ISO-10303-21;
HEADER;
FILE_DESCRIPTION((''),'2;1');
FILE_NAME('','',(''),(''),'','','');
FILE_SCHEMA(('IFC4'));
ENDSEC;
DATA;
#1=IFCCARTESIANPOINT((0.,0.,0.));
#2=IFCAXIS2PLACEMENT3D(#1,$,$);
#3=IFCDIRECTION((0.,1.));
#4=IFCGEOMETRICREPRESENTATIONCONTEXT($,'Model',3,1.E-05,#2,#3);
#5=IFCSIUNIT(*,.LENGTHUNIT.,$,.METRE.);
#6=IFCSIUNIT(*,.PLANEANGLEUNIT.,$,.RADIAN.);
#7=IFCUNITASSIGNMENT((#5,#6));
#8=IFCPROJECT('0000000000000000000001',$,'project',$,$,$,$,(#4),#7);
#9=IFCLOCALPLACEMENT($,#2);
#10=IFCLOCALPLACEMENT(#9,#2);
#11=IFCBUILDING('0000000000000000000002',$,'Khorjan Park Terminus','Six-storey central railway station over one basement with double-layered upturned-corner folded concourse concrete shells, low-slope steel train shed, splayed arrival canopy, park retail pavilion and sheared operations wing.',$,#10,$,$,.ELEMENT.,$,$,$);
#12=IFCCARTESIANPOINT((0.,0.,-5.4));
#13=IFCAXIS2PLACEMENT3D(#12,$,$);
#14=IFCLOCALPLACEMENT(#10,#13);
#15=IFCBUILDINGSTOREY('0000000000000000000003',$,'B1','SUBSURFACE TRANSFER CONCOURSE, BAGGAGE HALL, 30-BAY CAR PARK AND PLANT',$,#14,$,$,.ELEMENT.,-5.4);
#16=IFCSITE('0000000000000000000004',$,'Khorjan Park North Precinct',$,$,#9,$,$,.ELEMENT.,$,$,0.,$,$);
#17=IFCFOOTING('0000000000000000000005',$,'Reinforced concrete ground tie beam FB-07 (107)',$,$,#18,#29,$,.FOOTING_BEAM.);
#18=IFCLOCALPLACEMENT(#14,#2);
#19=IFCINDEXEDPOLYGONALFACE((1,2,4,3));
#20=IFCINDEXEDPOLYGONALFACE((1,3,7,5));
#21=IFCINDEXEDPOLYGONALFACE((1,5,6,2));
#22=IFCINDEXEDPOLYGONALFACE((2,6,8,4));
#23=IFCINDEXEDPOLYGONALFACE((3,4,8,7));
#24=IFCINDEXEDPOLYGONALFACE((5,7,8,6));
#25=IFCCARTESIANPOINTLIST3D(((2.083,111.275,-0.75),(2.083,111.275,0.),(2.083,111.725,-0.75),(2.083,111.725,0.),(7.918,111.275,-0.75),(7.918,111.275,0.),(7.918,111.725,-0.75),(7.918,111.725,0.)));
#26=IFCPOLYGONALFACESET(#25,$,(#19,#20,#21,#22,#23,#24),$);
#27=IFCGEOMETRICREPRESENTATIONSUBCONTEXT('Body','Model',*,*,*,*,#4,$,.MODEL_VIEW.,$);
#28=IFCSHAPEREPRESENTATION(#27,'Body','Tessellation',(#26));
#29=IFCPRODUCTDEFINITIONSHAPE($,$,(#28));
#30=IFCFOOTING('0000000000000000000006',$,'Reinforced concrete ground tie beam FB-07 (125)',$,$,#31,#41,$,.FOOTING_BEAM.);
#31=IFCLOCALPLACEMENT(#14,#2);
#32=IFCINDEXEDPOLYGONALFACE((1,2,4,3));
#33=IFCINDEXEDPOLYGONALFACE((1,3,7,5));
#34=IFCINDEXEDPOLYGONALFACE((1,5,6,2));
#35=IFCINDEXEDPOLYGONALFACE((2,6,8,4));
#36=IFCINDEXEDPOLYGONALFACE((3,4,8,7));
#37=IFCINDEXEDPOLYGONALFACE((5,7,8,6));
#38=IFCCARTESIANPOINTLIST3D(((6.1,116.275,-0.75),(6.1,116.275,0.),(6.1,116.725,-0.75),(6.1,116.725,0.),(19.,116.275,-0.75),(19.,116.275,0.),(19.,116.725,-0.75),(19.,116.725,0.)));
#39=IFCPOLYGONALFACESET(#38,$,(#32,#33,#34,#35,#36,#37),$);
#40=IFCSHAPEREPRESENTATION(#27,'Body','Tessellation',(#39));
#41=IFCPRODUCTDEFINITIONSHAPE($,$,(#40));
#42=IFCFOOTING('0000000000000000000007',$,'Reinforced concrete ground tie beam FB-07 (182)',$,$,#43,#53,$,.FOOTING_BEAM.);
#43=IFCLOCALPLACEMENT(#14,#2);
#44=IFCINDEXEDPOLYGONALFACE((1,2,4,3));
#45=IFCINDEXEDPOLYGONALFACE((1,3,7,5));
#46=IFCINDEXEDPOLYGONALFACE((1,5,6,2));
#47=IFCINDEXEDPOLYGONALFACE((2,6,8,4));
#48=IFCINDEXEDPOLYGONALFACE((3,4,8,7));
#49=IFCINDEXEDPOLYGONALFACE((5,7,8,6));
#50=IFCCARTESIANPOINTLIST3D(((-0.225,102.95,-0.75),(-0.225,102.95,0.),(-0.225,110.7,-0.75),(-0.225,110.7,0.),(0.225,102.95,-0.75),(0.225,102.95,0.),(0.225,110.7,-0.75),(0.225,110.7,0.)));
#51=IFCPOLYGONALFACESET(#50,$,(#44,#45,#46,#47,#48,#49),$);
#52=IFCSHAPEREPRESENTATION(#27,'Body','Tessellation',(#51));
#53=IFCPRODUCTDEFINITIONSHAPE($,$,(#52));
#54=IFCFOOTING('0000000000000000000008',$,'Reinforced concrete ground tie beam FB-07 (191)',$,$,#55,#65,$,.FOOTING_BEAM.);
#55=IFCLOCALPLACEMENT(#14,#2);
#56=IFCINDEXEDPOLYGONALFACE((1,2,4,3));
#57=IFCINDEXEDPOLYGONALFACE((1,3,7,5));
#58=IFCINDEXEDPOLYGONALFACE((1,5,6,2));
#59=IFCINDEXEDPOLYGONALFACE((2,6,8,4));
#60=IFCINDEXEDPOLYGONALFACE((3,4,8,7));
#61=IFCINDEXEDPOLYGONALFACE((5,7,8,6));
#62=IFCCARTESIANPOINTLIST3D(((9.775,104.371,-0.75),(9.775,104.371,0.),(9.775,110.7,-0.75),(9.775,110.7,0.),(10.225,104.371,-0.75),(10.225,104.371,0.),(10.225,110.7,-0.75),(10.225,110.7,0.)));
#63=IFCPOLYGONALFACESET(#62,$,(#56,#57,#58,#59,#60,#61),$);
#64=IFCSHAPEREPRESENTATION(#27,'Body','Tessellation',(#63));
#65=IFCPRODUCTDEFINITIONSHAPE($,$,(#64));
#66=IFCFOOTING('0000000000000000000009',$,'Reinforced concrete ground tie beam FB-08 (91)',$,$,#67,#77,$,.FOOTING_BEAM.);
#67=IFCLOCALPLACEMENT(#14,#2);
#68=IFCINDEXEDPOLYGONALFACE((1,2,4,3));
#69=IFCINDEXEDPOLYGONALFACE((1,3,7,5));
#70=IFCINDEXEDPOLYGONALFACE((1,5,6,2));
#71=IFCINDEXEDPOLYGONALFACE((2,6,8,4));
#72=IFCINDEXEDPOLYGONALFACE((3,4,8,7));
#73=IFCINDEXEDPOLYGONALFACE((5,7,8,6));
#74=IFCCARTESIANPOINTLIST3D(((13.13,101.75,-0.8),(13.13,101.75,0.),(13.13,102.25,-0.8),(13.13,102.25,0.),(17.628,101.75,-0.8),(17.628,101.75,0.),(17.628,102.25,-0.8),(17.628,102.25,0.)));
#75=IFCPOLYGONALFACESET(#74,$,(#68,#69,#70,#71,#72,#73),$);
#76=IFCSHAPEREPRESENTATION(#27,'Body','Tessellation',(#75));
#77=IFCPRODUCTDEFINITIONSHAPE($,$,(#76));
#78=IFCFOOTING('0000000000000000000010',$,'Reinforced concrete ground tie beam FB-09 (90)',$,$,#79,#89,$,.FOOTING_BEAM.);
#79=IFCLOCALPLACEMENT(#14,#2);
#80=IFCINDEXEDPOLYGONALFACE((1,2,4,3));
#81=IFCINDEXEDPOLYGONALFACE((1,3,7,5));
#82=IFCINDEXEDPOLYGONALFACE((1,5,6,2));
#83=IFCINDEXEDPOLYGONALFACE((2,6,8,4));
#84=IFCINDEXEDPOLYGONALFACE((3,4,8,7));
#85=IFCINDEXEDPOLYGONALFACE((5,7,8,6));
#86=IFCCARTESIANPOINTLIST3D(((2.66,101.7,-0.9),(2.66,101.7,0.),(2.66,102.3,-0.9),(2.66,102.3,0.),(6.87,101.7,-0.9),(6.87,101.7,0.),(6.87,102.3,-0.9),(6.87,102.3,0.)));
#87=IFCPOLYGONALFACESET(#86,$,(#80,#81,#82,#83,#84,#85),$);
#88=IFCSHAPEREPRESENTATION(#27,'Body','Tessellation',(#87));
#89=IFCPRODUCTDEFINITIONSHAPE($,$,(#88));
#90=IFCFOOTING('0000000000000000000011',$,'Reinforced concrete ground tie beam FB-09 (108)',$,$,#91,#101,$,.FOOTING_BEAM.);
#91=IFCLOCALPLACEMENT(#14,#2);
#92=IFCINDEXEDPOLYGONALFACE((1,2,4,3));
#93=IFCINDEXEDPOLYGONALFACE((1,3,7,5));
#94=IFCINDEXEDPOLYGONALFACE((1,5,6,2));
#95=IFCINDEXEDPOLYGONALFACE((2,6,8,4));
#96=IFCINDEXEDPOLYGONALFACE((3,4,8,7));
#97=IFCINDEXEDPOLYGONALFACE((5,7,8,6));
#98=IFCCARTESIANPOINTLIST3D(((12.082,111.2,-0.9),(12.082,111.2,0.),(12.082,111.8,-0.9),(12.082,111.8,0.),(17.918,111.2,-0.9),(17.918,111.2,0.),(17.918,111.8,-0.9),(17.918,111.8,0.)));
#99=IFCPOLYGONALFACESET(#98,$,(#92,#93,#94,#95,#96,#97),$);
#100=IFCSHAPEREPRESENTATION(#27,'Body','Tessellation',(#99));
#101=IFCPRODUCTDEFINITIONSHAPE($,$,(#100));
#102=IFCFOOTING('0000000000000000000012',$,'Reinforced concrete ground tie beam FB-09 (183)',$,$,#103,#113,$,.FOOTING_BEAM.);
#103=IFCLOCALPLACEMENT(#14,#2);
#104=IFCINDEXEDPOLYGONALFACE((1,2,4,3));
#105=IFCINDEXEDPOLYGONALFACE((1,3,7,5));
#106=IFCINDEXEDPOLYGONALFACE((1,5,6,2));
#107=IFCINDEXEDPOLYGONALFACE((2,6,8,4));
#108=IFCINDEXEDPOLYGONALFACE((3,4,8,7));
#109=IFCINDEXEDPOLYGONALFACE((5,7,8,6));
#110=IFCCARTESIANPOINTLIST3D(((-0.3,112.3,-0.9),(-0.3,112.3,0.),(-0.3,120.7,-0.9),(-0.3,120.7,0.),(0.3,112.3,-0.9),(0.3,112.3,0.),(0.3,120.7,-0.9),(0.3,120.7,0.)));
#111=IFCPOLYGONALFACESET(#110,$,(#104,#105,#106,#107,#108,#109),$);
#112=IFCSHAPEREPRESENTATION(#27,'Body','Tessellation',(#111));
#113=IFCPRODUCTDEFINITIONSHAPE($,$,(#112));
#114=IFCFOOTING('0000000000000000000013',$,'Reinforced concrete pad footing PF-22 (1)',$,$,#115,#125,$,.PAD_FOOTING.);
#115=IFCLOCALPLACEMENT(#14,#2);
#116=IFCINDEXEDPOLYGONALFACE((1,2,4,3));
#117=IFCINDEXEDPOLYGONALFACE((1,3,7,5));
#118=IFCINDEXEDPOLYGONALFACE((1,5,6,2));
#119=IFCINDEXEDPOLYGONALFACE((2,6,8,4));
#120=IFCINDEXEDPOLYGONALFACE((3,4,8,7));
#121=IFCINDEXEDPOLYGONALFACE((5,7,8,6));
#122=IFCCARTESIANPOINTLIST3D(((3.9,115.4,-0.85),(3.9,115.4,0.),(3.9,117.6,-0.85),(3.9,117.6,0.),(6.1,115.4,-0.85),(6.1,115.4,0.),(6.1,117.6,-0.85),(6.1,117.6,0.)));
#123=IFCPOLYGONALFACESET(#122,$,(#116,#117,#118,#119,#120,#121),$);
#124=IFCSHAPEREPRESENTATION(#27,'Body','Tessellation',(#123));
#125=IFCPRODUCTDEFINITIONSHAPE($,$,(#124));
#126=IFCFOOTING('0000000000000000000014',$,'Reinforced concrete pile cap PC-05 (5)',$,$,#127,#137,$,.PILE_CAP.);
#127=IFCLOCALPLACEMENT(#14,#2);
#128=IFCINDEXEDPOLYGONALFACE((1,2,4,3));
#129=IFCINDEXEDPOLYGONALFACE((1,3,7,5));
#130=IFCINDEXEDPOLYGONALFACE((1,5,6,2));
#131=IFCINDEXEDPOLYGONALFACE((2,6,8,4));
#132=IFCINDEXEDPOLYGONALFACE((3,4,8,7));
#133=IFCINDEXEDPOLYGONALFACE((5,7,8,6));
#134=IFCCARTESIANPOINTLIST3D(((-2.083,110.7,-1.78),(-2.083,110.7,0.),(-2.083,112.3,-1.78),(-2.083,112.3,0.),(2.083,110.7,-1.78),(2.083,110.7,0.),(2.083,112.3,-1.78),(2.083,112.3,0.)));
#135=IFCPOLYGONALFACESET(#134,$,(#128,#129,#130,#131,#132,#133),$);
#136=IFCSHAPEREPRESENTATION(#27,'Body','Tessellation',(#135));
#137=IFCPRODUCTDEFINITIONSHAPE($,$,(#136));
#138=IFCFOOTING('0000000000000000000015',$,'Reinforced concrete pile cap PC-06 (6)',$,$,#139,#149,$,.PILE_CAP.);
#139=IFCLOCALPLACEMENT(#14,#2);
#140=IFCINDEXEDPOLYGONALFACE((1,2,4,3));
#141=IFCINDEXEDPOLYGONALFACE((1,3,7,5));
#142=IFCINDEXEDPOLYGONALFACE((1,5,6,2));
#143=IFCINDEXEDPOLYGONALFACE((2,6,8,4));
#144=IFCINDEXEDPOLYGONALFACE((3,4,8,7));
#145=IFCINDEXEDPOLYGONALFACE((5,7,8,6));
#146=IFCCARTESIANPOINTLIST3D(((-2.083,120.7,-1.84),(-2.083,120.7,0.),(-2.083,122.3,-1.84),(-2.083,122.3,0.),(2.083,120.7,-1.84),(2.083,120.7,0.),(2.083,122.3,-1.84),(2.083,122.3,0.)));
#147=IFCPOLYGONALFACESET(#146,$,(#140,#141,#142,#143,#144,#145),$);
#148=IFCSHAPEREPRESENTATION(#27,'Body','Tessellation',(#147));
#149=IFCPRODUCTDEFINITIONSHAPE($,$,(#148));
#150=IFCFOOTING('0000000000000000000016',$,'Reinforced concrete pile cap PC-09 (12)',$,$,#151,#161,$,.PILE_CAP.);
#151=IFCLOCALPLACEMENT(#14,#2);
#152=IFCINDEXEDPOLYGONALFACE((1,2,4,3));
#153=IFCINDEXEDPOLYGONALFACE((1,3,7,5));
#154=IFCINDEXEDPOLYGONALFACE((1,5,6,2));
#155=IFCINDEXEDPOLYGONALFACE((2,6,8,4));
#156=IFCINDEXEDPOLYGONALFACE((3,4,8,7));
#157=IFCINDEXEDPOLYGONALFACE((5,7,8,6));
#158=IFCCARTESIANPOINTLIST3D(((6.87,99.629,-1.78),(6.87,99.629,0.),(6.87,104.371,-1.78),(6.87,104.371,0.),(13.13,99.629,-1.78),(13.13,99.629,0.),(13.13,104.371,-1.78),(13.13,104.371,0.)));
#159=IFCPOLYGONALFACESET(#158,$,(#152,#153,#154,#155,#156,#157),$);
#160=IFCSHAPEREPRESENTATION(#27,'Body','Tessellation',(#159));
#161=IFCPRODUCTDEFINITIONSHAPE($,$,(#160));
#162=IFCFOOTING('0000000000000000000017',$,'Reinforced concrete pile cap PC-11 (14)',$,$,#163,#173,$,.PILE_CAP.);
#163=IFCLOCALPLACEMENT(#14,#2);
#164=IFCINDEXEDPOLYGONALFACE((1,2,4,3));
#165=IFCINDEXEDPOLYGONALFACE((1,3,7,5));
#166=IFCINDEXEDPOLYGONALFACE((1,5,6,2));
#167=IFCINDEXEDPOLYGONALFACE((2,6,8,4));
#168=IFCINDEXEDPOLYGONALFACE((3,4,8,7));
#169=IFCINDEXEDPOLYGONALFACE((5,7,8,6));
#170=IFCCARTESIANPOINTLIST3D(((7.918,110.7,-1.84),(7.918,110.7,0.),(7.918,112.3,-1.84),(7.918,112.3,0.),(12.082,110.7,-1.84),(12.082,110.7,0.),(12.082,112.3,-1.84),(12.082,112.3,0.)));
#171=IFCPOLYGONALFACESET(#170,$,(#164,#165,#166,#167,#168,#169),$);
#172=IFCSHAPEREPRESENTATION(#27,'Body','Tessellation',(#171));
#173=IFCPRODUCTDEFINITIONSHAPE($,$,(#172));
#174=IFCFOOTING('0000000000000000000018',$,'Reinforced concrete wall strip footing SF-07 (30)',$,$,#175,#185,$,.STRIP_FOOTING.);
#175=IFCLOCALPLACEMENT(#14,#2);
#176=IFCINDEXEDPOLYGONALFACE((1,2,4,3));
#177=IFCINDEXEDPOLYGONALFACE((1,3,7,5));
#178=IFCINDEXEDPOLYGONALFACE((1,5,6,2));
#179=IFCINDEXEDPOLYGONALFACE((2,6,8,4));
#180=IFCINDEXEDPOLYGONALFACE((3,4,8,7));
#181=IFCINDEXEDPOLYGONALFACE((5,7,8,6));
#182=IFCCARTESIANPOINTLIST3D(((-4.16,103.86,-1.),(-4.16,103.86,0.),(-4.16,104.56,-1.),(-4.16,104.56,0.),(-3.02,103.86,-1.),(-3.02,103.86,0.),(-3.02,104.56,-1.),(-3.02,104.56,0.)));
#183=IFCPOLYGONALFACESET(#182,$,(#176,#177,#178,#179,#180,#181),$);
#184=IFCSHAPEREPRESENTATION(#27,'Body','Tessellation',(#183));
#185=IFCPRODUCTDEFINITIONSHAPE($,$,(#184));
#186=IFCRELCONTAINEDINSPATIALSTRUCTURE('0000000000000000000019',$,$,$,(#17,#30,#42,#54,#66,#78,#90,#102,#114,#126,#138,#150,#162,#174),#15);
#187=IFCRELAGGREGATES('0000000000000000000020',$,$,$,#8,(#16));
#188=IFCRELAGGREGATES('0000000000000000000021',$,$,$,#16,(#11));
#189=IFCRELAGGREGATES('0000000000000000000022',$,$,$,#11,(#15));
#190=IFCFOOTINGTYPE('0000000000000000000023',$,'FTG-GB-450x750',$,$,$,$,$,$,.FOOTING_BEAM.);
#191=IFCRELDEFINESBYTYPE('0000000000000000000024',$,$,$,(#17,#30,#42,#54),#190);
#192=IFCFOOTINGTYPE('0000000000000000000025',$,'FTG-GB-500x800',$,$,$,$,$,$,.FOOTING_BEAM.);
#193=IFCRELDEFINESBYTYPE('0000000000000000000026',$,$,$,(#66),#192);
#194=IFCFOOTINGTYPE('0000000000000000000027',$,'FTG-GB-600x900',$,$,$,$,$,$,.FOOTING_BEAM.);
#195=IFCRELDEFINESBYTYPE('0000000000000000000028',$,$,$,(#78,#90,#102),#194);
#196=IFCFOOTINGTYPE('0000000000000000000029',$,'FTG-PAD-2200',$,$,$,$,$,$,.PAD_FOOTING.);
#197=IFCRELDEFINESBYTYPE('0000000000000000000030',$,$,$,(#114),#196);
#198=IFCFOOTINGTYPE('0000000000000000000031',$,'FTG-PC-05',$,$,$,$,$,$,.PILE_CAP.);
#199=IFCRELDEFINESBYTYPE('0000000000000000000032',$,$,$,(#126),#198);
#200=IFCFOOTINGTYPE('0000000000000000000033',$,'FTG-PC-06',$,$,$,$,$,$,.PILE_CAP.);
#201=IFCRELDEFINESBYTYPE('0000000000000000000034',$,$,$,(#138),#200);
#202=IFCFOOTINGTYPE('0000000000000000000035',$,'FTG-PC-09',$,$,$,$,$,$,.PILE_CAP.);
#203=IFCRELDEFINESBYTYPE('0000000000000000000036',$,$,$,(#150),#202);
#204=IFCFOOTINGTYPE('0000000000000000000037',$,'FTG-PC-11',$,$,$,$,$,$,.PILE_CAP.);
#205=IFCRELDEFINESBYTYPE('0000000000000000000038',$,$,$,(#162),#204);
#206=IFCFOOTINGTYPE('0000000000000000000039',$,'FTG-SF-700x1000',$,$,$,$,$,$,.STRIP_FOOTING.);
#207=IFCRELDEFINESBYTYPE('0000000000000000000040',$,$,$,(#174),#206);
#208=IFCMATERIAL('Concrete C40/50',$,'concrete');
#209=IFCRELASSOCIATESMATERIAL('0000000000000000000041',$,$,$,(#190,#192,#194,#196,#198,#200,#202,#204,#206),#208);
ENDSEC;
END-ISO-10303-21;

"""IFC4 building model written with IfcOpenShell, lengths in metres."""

from ifc_helpers import new_model, si_unit, direction, frame, origin, origin_2d, place, context, subcontext, project, spatial, rectangle, extrude, material, material_profile, profile_set, type_object, element, save


model = new_model("IFC4")

# Units and contexts
model_context = context("Model", 3, precision=1e-05, world=origin(), true_north=direction((0.0, 1.0)))
body_context = subcontext(model_context, "Body", "Model", "MODEL_VIEW")
ifc_project = project(units=[si_unit("LENGTHUNIT", "METRE"), si_unit("PLANEANGLEUNIT", "RADIAN")], contexts=[model_context])

# Site, building, storey
site_placement = place(None, origin())
site = spatial("IfcSite", under=ifc_project, at=site_placement, Name="Khorjan Park North Precinct", CompositionType="ELEMENT", RefElevation=0.0)
building_placement = place(site_placement, origin())
building = spatial("IfcBuilding", under=site, at=building_placement, Name="Khorjan Park Terminus", Description="Six-storey central railway station over one basement with double-layered upturned-corner folded concourse concrete shells, low-slope steel train shed, splayed arrival canopy, park retail pavilion and sheared operations wing.", CompositionType="ELEMENT")
storey_placement = place(building_placement, frame((0.0, 0.0, -5.4)))
storey = spatial("IfcBuildingStorey", under=building, at=storey_placement, Name="B1", Description="SUBSURFACE TRANSFER CONCOURSE, BAGGAGE HALL, 30-BAY CAR PARK AND PLANT", CompositionType="ELEMENT", Elevation=-5.4)

# Footings
ifc_material_1 = material(Name="Concrete C40/50", Category="concrete")
ifc_material_profile_1 = material_profile(ifc_material_1, rectangle(XDim=0.45, YDim=0.75, at=origin_2d()), Name="RC 450x750")
ifc_profile_set_1 = profile_set([ifc_material_profile_1], Name="Concrete C40/50")
footing_type_1 = type_object("IfcFootingType", Name="FTG-GB-450x750", PredefinedType="FOOTING_BEAM", material=ifc_profile_set_1)
footing_1_placement = place(storey_placement, frame((2.083, 111.5, -0.375), z_axis=(1.0, 0.0, 0.0), x_axis=(0.0, 1.0, 0.0)))
element("IfcFooting", 1, at=footing_1_placement, inside=storey, type_object=footing_type_1, Name="Reinforced concrete ground tie beam FB-07 (107)", PredefinedType="FOOTING_BEAM", context=body_context, shape_type="SweptSolid", body=[
    extrude(rectangle(XDim=0.45, YDim=0.75, at=origin_2d()), origin(), (0.0, 0.0, 1.0), 5.835),
])
footing_2_placement = place(storey_placement, frame((6.1, 116.5, -0.375), z_axis=(1.0, 0.0, 0.0), x_axis=(0.0, 1.0, 0.0)))
element("IfcFooting", 2, at=footing_2_placement, inside=storey, type_object=footing_type_1, Name="Reinforced concrete ground tie beam FB-07 (125)", PredefinedType="FOOTING_BEAM", context=body_context, shape_type="SweptSolid", body=[
    extrude(rectangle(XDim=0.45, YDim=0.75, at=origin_2d()), origin(), (0.0, 0.0, 1.0), 12.9),
])
footing_3_placement = place(storey_placement, frame((0.0, 102.95, -0.375), z_axis=(0.0, 1.0, 0.0), x_axis=(-1.0, 0.0, 0.0)))
element("IfcFooting", 3, at=footing_3_placement, inside=storey, type_object=footing_type_1, Name="Reinforced concrete ground tie beam FB-07 (182)", PredefinedType="FOOTING_BEAM", context=body_context, shape_type="SweptSolid", body=[
    extrude(rectangle(XDim=0.45, YDim=0.75, at=origin_2d()), origin(), (0.0, 0.0, 1.0), 7.75),
])
footing_4_placement = place(storey_placement, frame((10.0, 104.371, -0.375), z_axis=(0.0, 1.0, 0.0), x_axis=(-1.0, 0.0, 0.0)))
element("IfcFooting", 4, at=footing_4_placement, inside=storey, type_object=footing_type_1, Name="Reinforced concrete ground tie beam FB-07 (191)", PredefinedType="FOOTING_BEAM", context=body_context, shape_type="SweptSolid", body=[
    extrude(rectangle(XDim=0.45, YDim=0.75, at=origin_2d()), origin(), (0.0, 0.0, 1.0), 6.329),
])
ifc_material_profile_2 = material_profile(ifc_material_1, rectangle(XDim=0.5, YDim=0.8, at=origin_2d()), Name="RC 500x800")
ifc_profile_set_2 = profile_set([ifc_material_profile_2], Name="Concrete C40/50")
footing_type_2 = type_object("IfcFootingType", Name="FTG-GB-500x800", PredefinedType="FOOTING_BEAM", material=ifc_profile_set_2)
footing_5_placement = place(storey_placement, frame((13.13, 102.0, -0.4), z_axis=(1.0, 0.0, 0.0), x_axis=(0.0, 1.0, 0.0)))
element("IfcFooting", 5, at=footing_5_placement, inside=storey, type_object=footing_type_2, Name="Reinforced concrete ground tie beam FB-08 (91)", PredefinedType="FOOTING_BEAM", context=body_context, shape_type="SweptSolid", body=[
    extrude(rectangle(XDim=0.5, YDim=0.8, at=origin_2d()), origin(), (0.0, 0.0, 1.0), 4.498),
])
ifc_material_profile_3 = material_profile(ifc_material_1, rectangle(XDim=0.6, YDim=0.9, at=origin_2d()), Name="RC 600x900")
ifc_profile_set_3 = profile_set([ifc_material_profile_3], Name="Concrete C40/50")
footing_type_3 = type_object("IfcFootingType", Name="FTG-GB-600x900", PredefinedType="FOOTING_BEAM", material=ifc_profile_set_3)
footing_6_placement = place(storey_placement, frame((2.66, 102.0, -0.45), z_axis=(1.0, 0.0, 0.0), x_axis=(0.0, 1.0, 0.0)))
element("IfcFooting", 6, at=footing_6_placement, inside=storey, type_object=footing_type_3, Name="Reinforced concrete ground tie beam FB-09 (90)", PredefinedType="FOOTING_BEAM", context=body_context, shape_type="SweptSolid", body=[
    extrude(rectangle(XDim=0.6, YDim=0.9, at=origin_2d()), origin(), (0.0, 0.0, 1.0), 4.21),
])
footing_7_placement = place(storey_placement, frame((12.082, 111.5, -0.45), z_axis=(1.0, 0.0, 0.0), x_axis=(0.0, 1.0, 0.0)))
element("IfcFooting", 7, at=footing_7_placement, inside=storey, type_object=footing_type_3, Name="Reinforced concrete ground tie beam FB-09 (108)", PredefinedType="FOOTING_BEAM", context=body_context, shape_type="SweptSolid", body=[
    extrude(rectangle(XDim=0.6, YDim=0.9, at=origin_2d()), origin(), (0.0, 0.0, 1.0), 5.836),
])
footing_8_placement = place(storey_placement, frame((0.0, 112.3, -0.45), z_axis=(0.0, 1.0, 0.0), x_axis=(-1.0, 0.0, 0.0)))
element("IfcFooting", 8, at=footing_8_placement, inside=storey, type_object=footing_type_3, Name="Reinforced concrete ground tie beam FB-09 (183)", PredefinedType="FOOTING_BEAM", context=body_context, shape_type="SweptSolid", body=[
    extrude(rectangle(XDim=0.6, YDim=0.9, at=origin_2d()), origin(), (0.0, 0.0, 1.0), 8.4),
])
footing_type_4 = type_object("IfcFootingType", Name="FTG-PAD-2200", PredefinedType="PAD_FOOTING", material=ifc_material_1)
footing_9_placement = place(storey_placement, frame((5.0, 116.5, -0.85), z_axis=(0.0, 0.0, 1.0), x_axis=(1.0, 0.0, 0.0)))
element("IfcFooting", 9, at=footing_9_placement, inside=storey, type_object=footing_type_4, Name="Reinforced concrete pad footing PF-22 (1)", PredefinedType="PAD_FOOTING", context=body_context, shape_type="SweptSolid", body=[
    extrude(rectangle(XDim=2.2, YDim=2.2, at=origin_2d()), origin(), (0.0, 0.0, 1.0), 0.85),
])
footing_type_5 = type_object("IfcFootingType", Name="FTG-PC-05", PredefinedType="PILE_CAP", material=ifc_material_1)
footing_10_placement = place(storey_placement, frame((0.0, 111.5, -1.78), z_axis=(0.0, 0.0, 1.0), x_axis=(1.0, 0.0, 0.0)))
element("IfcFooting", 10, at=footing_10_placement, inside=storey, type_object=footing_type_5, Name="Reinforced concrete pile cap PC-05 (5)", PredefinedType="PILE_CAP", context=body_context, shape_type="SweptSolid", body=[
    extrude(rectangle(XDim=4.166, YDim=1.6, at=origin_2d()), origin(), (0.0, 0.0, 1.0), 1.78),
])
footing_type_6 = type_object("IfcFootingType", Name="FTG-PC-06", PredefinedType="PILE_CAP", material=ifc_material_1)
footing_11_placement = place(storey_placement, frame((0.0, 121.5, -1.84), z_axis=(0.0, 0.0, 1.0), x_axis=(1.0, 0.0, 0.0)))
element("IfcFooting", 11, at=footing_11_placement, inside=storey, type_object=footing_type_6, Name="Reinforced concrete pile cap PC-06 (6)", PredefinedType="PILE_CAP", context=body_context, shape_type="SweptSolid", body=[
    extrude(rectangle(XDim=4.166, YDim=1.6, at=origin_2d()), origin(), (0.0, 0.0, 1.0), 1.84),
])
footing_type_7 = type_object("IfcFootingType", Name="FTG-PC-09", PredefinedType="PILE_CAP", material=ifc_material_1)
footing_12_placement = place(storey_placement, frame((10.0, 102.0, -1.78), z_axis=(0.0, 0.0, 1.0), x_axis=(1.0, 0.0, 0.0)))
element("IfcFooting", 12, at=footing_12_placement, inside=storey, type_object=footing_type_7, Name="Reinforced concrete pile cap PC-09 (12)", PredefinedType="PILE_CAP", context=body_context, shape_type="SweptSolid", body=[
    extrude(rectangle(XDim=6.26, YDim=4.742, at=origin_2d()), origin(), (0.0, 0.0, 1.0), 1.78),
])
footing_type_8 = type_object("IfcFootingType", Name="FTG-PC-11", PredefinedType="PILE_CAP", material=ifc_material_1)
footing_13_placement = place(storey_placement, frame((10.0, 111.5, -1.84), z_axis=(0.0, 0.0, 1.0), x_axis=(1.0, 0.0, 0.0)))
element("IfcFooting", 13, at=footing_13_placement, inside=storey, type_object=footing_type_8, Name="Reinforced concrete pile cap PC-11 (14)", PredefinedType="PILE_CAP", context=body_context, shape_type="SweptSolid", body=[
    extrude(rectangle(XDim=4.164, YDim=1.6, at=origin_2d()), origin(), (0.0, 0.0, 1.0), 1.84),
])
ifc_material_profile_4 = material_profile(ifc_material_1, rectangle(XDim=0.7, YDim=1.0, at=origin_2d()), Name="RC 700x1000")
ifc_profile_set_4 = profile_set([ifc_material_profile_4], Name="Concrete C40/50")
footing_type_9 = type_object("IfcFootingType", Name="FTG-SF-700x1000", PredefinedType="STRIP_FOOTING", material=ifc_profile_set_4)
footing_14_placement = place(storey_placement, frame((-4.16, 104.21, -0.5), z_axis=(1.0, 0.0, 0.0), x_axis=(0.0, 1.0, 0.0)))
element("IfcFooting", 14, at=footing_14_placement, inside=storey, type_object=footing_type_9, Name="Reinforced concrete wall strip footing SF-07 (30)", PredefinedType="STRIP_FOOTING", context=body_context, shape_type="SweptSolid", body=[
    extrude(rectangle(XDim=0.7, YDim=1.0, at=origin_2d()), origin(), (0.0, 0.0, 1.0), 1.14),
])

save(model, "model.ifc")
